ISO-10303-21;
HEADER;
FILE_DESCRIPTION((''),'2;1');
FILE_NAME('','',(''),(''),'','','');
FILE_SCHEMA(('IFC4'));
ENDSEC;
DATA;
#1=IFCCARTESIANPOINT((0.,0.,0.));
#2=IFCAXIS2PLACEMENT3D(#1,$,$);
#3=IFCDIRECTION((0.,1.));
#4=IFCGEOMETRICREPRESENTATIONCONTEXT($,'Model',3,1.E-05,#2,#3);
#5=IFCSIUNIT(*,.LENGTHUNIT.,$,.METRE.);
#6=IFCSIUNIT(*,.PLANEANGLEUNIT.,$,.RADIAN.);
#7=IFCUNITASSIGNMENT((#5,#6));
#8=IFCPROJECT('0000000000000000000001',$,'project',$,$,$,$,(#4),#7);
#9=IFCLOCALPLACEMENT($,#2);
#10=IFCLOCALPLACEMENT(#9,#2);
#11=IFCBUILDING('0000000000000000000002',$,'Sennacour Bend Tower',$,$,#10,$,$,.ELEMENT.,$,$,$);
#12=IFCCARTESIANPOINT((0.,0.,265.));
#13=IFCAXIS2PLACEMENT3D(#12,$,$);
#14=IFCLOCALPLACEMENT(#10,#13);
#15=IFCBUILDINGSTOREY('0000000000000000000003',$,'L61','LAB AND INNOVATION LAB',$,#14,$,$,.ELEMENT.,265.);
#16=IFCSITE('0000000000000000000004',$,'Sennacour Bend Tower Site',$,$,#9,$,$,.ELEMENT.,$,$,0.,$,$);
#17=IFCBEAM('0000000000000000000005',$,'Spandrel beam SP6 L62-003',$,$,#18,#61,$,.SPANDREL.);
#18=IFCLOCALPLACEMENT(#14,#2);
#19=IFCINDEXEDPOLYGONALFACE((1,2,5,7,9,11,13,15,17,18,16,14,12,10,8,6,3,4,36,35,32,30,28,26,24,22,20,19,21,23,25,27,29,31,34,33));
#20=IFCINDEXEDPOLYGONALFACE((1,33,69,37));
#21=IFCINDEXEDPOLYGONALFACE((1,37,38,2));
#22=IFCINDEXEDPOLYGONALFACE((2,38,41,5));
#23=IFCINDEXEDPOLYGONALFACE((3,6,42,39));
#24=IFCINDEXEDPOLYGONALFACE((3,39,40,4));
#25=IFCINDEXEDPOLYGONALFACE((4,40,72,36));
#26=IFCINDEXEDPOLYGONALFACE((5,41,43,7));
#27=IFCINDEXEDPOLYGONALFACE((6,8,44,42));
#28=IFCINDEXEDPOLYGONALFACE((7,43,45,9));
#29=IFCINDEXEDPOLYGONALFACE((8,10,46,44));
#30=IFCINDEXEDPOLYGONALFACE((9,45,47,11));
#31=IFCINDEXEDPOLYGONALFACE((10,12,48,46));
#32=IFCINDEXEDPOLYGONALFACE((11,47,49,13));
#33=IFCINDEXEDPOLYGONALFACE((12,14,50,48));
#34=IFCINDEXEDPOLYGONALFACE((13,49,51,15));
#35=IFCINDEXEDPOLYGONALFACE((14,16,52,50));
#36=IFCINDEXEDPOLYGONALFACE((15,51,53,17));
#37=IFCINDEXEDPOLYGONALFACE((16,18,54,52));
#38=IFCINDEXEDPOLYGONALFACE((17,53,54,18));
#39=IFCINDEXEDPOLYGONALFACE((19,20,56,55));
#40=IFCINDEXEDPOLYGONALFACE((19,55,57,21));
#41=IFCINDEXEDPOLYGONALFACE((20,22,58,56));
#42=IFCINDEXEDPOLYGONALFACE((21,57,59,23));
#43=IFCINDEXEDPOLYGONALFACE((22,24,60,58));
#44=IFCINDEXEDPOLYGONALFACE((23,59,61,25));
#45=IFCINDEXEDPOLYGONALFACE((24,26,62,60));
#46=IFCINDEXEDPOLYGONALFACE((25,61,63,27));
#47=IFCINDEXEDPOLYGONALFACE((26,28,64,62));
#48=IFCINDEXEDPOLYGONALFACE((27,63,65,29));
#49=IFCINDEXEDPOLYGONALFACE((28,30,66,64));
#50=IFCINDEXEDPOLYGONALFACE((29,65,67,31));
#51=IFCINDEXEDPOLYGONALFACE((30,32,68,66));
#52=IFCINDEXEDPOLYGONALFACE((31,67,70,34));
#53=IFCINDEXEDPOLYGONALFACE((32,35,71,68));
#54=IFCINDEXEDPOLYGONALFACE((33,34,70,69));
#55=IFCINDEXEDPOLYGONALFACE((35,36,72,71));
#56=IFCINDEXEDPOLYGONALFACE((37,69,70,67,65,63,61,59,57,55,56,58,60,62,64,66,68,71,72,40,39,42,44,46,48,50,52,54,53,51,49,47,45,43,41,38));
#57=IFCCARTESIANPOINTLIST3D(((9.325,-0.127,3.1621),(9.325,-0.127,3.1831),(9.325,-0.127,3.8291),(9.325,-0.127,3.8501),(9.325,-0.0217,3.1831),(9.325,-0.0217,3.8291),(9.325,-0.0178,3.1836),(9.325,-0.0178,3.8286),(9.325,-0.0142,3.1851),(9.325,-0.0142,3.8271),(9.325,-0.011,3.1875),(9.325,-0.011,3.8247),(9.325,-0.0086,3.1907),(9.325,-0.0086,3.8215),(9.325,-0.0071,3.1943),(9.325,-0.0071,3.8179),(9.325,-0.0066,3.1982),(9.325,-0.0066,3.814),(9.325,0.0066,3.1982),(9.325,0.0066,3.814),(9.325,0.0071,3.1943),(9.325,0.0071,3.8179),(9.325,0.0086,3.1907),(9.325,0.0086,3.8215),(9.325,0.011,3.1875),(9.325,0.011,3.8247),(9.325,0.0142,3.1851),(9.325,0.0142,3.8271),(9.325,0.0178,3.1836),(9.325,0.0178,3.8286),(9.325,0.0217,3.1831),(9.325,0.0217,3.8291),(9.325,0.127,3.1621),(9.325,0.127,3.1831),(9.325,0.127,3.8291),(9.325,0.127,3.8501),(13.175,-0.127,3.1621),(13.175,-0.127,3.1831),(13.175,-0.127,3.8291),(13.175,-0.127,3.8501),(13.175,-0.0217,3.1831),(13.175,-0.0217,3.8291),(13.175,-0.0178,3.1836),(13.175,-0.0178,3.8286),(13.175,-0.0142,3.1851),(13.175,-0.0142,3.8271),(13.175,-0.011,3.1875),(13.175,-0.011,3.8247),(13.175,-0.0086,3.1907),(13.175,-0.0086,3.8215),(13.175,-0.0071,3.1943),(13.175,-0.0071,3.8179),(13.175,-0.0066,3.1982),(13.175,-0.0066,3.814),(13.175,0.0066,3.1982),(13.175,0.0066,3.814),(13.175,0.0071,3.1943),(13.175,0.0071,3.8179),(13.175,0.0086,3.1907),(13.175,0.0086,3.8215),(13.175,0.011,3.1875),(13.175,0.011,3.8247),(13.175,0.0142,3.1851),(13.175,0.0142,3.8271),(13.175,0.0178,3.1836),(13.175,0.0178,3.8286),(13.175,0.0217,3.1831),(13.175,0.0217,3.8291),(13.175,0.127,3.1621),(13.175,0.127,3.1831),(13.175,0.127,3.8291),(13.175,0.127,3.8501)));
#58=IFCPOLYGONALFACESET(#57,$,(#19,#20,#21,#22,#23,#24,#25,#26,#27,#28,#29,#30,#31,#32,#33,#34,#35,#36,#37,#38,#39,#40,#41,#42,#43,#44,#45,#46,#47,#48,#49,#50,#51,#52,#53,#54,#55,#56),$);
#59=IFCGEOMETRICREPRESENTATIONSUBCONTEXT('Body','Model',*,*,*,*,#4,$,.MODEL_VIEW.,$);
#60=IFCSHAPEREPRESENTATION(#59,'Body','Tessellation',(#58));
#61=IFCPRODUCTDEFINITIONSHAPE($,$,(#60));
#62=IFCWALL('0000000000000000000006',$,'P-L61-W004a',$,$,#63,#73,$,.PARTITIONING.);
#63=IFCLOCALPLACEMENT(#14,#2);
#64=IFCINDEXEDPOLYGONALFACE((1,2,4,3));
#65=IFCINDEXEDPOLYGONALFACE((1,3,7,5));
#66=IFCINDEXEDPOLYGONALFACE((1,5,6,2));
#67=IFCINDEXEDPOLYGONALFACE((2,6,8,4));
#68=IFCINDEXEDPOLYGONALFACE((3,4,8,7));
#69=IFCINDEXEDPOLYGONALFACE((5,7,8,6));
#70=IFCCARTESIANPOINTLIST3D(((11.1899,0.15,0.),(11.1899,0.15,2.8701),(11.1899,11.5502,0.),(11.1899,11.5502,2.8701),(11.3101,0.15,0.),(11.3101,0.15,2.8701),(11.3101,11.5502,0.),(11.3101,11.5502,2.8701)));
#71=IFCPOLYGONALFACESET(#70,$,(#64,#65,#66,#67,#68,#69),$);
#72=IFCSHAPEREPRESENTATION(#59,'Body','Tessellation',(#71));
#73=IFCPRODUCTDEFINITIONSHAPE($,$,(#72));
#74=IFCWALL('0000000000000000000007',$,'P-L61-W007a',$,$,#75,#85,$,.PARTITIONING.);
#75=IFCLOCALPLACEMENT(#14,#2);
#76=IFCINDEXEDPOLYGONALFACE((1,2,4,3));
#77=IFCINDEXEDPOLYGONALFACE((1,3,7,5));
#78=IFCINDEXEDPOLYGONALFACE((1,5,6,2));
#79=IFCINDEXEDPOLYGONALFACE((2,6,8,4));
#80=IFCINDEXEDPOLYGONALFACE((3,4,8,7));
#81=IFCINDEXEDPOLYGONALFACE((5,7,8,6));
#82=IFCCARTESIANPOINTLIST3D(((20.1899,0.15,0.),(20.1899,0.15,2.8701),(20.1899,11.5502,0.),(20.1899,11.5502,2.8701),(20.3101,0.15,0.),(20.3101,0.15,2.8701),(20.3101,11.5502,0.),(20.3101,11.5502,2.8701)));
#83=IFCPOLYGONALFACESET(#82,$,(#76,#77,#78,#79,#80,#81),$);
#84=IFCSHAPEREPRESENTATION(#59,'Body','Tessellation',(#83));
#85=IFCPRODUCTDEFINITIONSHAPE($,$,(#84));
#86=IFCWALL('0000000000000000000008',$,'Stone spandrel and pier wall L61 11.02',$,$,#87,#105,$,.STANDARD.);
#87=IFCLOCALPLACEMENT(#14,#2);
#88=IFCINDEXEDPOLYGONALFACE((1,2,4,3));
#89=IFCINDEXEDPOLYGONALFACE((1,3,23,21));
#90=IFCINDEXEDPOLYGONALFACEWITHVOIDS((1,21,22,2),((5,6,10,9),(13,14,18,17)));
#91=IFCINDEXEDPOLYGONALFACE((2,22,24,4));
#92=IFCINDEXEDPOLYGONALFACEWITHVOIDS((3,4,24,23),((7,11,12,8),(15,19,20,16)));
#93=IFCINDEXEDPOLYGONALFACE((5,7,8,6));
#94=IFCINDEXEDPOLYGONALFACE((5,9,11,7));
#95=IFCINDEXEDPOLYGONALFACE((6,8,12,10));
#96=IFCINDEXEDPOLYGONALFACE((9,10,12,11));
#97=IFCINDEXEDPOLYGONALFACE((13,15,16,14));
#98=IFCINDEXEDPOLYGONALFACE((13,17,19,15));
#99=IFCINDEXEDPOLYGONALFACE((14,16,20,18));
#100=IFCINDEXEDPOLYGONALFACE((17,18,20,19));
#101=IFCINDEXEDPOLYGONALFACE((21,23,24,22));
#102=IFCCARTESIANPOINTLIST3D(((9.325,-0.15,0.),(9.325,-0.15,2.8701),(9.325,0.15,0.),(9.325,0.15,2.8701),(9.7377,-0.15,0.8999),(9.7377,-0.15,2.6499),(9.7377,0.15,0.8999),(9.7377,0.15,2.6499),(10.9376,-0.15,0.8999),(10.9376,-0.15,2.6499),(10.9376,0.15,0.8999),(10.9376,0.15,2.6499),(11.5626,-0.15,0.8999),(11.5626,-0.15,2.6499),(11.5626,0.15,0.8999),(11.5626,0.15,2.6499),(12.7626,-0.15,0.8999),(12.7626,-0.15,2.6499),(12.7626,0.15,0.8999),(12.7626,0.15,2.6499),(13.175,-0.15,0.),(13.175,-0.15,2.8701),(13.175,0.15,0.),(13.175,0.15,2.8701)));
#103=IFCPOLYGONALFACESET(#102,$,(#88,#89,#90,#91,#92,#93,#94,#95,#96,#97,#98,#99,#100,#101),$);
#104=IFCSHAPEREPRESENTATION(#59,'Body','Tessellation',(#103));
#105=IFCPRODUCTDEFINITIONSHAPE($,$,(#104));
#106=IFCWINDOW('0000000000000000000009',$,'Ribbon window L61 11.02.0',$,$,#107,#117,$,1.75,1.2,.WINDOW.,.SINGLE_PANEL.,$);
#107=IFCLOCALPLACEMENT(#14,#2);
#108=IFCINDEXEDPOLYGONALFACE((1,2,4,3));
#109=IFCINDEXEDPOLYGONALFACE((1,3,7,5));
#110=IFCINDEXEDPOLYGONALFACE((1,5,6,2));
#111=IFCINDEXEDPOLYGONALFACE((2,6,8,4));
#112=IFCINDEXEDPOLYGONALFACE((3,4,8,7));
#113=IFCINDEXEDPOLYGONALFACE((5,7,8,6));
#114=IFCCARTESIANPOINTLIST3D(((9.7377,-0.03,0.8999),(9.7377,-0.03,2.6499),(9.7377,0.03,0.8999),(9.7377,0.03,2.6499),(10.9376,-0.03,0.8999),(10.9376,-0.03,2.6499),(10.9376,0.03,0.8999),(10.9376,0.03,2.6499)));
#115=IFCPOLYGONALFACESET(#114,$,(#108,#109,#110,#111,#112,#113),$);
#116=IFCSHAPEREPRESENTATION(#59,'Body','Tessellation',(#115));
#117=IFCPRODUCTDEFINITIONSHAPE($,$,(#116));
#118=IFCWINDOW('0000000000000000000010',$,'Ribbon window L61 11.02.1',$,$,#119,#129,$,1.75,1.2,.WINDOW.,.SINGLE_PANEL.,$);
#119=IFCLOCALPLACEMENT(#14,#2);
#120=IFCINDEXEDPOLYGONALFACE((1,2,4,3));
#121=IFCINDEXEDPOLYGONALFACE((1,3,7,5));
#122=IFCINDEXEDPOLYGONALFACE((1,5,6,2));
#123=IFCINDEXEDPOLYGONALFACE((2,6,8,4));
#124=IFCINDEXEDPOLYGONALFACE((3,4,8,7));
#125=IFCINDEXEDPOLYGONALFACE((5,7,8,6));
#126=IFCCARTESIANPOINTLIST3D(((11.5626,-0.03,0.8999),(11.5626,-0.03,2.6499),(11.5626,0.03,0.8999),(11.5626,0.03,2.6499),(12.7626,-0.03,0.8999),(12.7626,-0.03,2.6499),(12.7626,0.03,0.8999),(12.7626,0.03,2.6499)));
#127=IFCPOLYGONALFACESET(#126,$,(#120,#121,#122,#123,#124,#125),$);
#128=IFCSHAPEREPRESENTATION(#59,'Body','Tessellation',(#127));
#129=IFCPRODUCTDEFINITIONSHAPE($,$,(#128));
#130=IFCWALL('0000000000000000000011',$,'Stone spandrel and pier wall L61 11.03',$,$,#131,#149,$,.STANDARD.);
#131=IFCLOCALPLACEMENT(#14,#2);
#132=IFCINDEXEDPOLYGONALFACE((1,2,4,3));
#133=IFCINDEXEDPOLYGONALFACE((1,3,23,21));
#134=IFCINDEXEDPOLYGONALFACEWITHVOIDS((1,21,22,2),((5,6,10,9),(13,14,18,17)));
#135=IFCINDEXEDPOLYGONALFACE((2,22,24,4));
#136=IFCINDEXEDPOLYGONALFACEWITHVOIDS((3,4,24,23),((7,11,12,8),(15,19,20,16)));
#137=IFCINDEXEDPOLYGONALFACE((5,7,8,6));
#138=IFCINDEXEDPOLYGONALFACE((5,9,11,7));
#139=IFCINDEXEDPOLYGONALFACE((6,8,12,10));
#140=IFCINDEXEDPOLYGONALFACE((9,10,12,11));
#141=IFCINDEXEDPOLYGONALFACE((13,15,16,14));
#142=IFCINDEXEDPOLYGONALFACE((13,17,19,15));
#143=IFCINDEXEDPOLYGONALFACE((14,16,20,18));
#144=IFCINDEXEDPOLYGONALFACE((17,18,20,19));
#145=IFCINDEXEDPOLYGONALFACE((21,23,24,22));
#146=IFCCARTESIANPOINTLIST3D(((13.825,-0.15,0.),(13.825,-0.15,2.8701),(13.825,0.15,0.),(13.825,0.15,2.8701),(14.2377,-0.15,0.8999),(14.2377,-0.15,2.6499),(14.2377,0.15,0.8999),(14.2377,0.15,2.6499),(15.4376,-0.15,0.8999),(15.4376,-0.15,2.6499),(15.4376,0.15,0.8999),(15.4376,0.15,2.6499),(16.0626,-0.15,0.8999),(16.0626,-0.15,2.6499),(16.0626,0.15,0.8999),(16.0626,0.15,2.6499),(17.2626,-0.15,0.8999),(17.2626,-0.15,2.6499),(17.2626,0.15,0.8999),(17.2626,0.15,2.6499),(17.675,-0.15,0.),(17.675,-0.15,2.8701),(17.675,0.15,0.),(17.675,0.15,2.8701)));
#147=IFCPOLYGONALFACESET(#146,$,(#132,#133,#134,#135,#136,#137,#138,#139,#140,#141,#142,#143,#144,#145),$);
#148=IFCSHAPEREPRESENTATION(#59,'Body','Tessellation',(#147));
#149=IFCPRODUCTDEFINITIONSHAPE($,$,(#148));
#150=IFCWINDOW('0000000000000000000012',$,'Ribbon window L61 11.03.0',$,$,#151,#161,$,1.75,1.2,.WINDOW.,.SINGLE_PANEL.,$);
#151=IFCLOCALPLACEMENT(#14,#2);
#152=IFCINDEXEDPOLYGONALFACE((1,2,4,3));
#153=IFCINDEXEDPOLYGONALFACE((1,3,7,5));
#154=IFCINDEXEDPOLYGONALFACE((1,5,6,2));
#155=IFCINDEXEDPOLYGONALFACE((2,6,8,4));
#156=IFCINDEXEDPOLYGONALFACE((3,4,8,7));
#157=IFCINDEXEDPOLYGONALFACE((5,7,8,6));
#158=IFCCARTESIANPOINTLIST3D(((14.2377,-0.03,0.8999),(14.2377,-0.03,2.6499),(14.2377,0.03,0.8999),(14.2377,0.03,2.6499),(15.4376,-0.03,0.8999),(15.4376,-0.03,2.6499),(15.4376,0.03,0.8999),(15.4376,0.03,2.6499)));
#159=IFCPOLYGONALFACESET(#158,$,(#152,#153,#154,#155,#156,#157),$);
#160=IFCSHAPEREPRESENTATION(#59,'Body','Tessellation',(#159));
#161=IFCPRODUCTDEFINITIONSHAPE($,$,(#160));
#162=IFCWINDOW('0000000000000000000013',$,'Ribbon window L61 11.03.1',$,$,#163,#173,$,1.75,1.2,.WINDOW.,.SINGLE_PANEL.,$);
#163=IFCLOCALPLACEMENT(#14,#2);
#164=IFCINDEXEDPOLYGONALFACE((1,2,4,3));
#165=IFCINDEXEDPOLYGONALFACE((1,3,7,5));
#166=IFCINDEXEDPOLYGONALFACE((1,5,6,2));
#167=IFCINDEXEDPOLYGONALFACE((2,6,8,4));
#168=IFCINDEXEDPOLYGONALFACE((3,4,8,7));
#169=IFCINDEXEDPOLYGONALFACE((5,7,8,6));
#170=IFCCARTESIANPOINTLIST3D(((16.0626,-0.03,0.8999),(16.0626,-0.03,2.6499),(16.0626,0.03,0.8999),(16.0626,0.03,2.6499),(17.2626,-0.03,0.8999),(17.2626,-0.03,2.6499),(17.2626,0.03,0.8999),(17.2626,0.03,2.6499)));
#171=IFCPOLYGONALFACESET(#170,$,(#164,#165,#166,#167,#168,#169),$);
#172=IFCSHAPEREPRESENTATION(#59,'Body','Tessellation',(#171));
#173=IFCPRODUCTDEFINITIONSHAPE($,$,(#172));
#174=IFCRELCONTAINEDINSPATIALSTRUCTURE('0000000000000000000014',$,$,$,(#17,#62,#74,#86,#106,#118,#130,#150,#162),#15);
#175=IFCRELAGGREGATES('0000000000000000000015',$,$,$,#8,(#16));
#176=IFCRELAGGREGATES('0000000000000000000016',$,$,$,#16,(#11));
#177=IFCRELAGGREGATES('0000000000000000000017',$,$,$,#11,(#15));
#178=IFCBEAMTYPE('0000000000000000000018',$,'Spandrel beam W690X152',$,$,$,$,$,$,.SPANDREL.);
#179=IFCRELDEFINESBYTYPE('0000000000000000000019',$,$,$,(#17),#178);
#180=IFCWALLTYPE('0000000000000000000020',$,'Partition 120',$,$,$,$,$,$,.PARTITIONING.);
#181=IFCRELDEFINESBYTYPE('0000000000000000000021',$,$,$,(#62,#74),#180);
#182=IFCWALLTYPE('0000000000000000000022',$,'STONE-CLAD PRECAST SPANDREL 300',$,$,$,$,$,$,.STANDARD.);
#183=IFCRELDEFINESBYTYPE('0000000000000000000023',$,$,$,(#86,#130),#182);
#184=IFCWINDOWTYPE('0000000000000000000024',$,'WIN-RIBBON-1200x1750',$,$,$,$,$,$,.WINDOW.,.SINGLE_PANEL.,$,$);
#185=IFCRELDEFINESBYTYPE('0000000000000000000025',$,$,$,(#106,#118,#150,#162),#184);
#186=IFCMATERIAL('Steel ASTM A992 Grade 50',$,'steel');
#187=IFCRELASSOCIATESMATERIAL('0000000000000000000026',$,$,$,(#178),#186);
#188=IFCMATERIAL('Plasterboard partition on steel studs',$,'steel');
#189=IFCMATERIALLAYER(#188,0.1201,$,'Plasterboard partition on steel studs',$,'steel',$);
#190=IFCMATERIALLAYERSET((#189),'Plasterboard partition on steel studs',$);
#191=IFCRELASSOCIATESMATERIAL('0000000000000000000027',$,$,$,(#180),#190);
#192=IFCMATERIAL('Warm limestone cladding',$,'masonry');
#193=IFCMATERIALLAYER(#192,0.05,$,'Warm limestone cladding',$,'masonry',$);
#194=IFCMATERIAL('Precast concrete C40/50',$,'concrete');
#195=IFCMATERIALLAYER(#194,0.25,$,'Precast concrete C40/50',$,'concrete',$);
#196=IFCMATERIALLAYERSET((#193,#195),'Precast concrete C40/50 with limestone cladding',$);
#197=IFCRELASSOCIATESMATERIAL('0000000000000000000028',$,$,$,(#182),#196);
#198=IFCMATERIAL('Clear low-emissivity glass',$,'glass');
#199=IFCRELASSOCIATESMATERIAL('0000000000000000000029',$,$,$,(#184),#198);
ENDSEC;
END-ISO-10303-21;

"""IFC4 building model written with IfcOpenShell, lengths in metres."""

from ifc_helpers import new_model, si_unit, direction, frame, frame_2d, origin, origin_2d, place, context, subcontext, project, spatial, rectangle, i_section, extrude, material, layer, layer_set, material_profile, profile_set, type_object, element, fill, save


model = new_model("IFC4")

# Units and contexts
model_context = context("Model", 3, precision=1e-05, world=origin(), true_north=direction((0.0, 1.0)))
body_context = subcontext(model_context, "Body", "Model", "MODEL_VIEW")
ifc_project = project(units=[si_unit("LENGTHUNIT", "METRE"), si_unit("PLANEANGLEUNIT", "RADIAN")], contexts=[model_context])

# Site, building, storey
site_placement = place(None, origin())
site = spatial("IfcSite", under=ifc_project, at=site_placement, Name="Sennacour Bend Tower Site", CompositionType="ELEMENT", RefElevation=0.0)
building_placement = place(site_placement, origin())
building = spatial("IfcBuilding", under=site, at=building_placement, Name="Sennacour Bend Tower", CompositionType="ELEMENT")
storey_placement = place(building_placement, frame((0.0, 0.0, 265.0)))
storey = spatial("IfcBuildingStorey", under=building, at=storey_placement, Name="L61", Description="LAB AND INNOVATION LAB", CompositionType="ELEMENT", Elevation=265.0)

# Beam
ifc_material_1 = material(Name="Steel ASTM A992 Grade 50", Category="steel")
ifc_material_profile_1 = material_profile(ifc_material_1, i_section(OverallWidth=0.2539, OverallDepth=0.688, WebThickness=0.0132, FlangeThickness=0.021, FilletRadius=0.0151, at=origin_2d()), Name="Steel ASTM A992 Grade 50", Category="steel")
ifc_profile_set_1 = profile_set([ifc_material_profile_1], Name="Steel ASTM A992 Grade 50")
beam_type_1 = type_object("IfcBeamType", Name="Spandrel beam W690X152", PredefinedType="SPANDREL", material=ifc_profile_set_1)
for number, where, z_axis, x_axis, name in (
    (1, (13.175, 0.0, 3.5061), (-1.0, 0.0, 0.0), (0.0, -1.0, 0.0), "Spandrel beam SP6 L62-003"),
):
    element("IfcBeam", number, at=place(storey_placement, frame(where, z_axis=z_axis, x_axis=x_axis)), inside=storey, type_object=beam_type_1, Name=name, PredefinedType="SPANDREL", context=body_context, shape_type="SweptSolid", body=[
        extrude(i_section(OverallWidth=0.2539, OverallDepth=0.688, WebThickness=0.0132, FlangeThickness=0.021, FilletRadius=0.0151, at=origin_2d()), origin(), (0.0, 0.0, 1.0), 3.8501),
    ])

# Walls
ifc_material_2 = material(Name="Plasterboard partition on steel studs", Category="steel")
ifc_layer_1 = layer(ifc_material_2, 0.1201, Name="Plasterboard partition on steel studs", Category="steel")
ifc_layer_set_1 = layer_set([ifc_layer_1], Name="Plasterboard partition on steel studs")
wall_type_1 = type_object("IfcWallType", Name="Partition 120", PredefinedType="PARTITIONING", material=ifc_layer_set_1)
for number, where, z_axis, x_axis, name in (
    (2, (11.25, 0.1499, 0.0), (0.0, 0.0, 1.0), (0.0, 1.0, 0.0), "P-L61-W004a"),
    (3, (20.25, 0.1499, 0.0), (0.0, 0.0, 1.0), (0.0, 1.0, 0.0), "P-L61-W007a"),
):
    element("IfcWall", number, at=place(storey_placement, frame(where, z_axis=z_axis, x_axis=x_axis)), inside=storey, type_object=wall_type_1, Name=name, PredefinedType="PARTITIONING", context=body_context, shape_type="SweptSolid", body=[
        extrude(rectangle(XDim=11.4001, YDim=0.1201, at=frame_2d((5.7002, 0.0))), origin(), (0.0, 0.0, 1.0), 2.8701),
    ])

# Walls, openings, windows
ifc_material_3 = material(Name="Warm limestone cladding", Category="masonry")
ifc_layer_2 = layer(ifc_material_3, 0.05, Name="Warm limestone cladding", Category="masonry")
ifc_material_4 = material(Name="Precast concrete C40/50", Category="concrete")
ifc_layer_3 = layer(ifc_material_4, 0.25, Name="Precast concrete C40/50", Category="concrete")
ifc_layer_set_2 = layer_set([ifc_layer_2, ifc_layer_3], Name="Precast concrete C40/50 with limestone cladding")
wall_type_2 = type_object("IfcWallType", Name="STONE-CLAD PRECAST SPANDREL 300", PredefinedType="STANDARD", material=ifc_layer_set_2)
wall_1_placement = place(storey_placement, frame((9.325, 0.0, 0.0), z_axis=(0.0, 0.0, 1.0), x_axis=(1.0, 0.0, 0.0)))
wall_1 = element("IfcWall", 4, at=wall_1_placement, inside=storey, type_object=wall_type_2, Name="Stone spandrel and pier wall L61 11.02", PredefinedType="STANDARD", context=body_context, shape_type="SweptSolid", body=[
    extrude(rectangle(XDim=3.8501, YDim=0.3, at=frame_2d((1.925, 0.0))), origin(), (0.0, 0.0, 1.0), 2.8701),
])
opening_1_placement = place(wall_1_placement, frame((0.4126, 0.0, 0.8999)))
opening_1 = element("IfcOpeningElement", 5, at=opening_1_placement, cuts=wall_1, PredefinedType="OPENING", context=body_context, shape_type="SweptSolid", body=[
    extrude(rectangle(XDim=1.2, YDim=1.75, at=frame_2d((0.6001, 0.875))), frame((0.0, 0.1602, 0.0), z_axis=(0.0, -1.0, 0.0), x_axis=(1.0, 0.0, 0.0)), (0.0, 0.0, 1.0), 0.3201),
])
opening_2_placement = place(wall_1_placement, frame((2.2375, 0.0, 0.8999)))
opening_2 = element("IfcOpeningElement", 6, at=opening_2_placement, cuts=wall_1, PredefinedType="OPENING", context=body_context, shape_type="SweptSolid", body=[
    extrude(rectangle(XDim=1.2, YDim=1.75, at=frame_2d((0.6001, 0.875))), frame((0.0, 0.1602, 0.0), z_axis=(0.0, -1.0, 0.0), x_axis=(1.0, 0.0, 0.0)), (0.0, 0.0, 1.0), 0.3201),
])
ifc_material_5 = material(Name="Clear low-emissivity glass", Category="glass")
window_type = type_object("IfcWindowType", Name="WIN-RIBBON-1200x1750", PartitioningType="SINGLE_PANEL", PredefinedType="WINDOW", material=ifc_material_5)
window_1_placement = place(opening_1_placement, origin())
window_1 = element("IfcWindow", 7, at=window_1_placement, inside=storey, type_object=window_type, Name="Ribbon window L61 11.02.0", OverallHeight=1.75, OverallWidth=1.2, PartitioningType="SINGLE_PANEL", PredefinedType="WINDOW", context=body_context, shape_type="SweptSolid", body=[
    extrude(rectangle(XDim=1.2, YDim=1.75, at=frame_2d((0.6001, 0.875))), frame((0.0, 0.03, 0.0), z_axis=(0.0, -1.0, 0.0), x_axis=(1.0, 0.0, 0.0)), (0.0, 0.0, 1.0), 0.0601),
])
fill(opening_1, window_1)
window_2_placement = place(opening_2_placement, origin())
window_2 = element("IfcWindow", 8, at=window_2_placement, inside=storey, type_object=window_type, Name="Ribbon window L61 11.02.1", OverallHeight=1.75, OverallWidth=1.2, PartitioningType="SINGLE_PANEL", PredefinedType="WINDOW", context=body_context, shape_type="SweptSolid", body=[
    extrude(rectangle(XDim=1.2, YDim=1.75, at=frame_2d((0.6001, 0.875))), frame((0.0, 0.03, 0.0), z_axis=(0.0, -1.0, 0.0), x_axis=(1.0, 0.0, 0.0)), (0.0, 0.0, 1.0), 0.0601),
])
fill(opening_2, window_2)
wall_2_placement = place(storey_placement, frame((13.825, 0.0, 0.0), z_axis=(0.0, 0.0, 1.0), x_axis=(1.0, 0.0, 0.0)))
wall_2 = element("IfcWall", 9, at=wall_2_placement, inside=storey, type_object=wall_type_2, Name="Stone spandrel and pier wall L61 11.03", PredefinedType="STANDARD", context=body_context, shape_type="SweptSolid", body=[
    extrude(rectangle(XDim=3.8501, YDim=0.3, at=frame_2d((1.925, 0.0))), origin(), (0.0, 0.0, 1.0), 2.8701),
])
opening_3_placement = place(wall_2_placement, frame((0.4126, 0.0, 0.8999)))
opening_3 = element("IfcOpeningElement", 10, at=opening_3_placement, cuts=wall_2, PredefinedType="OPENING", context=body_context, shape_type="SweptSolid", body=[
    extrude(rectangle(XDim=1.2, YDim=1.75, at=frame_2d((0.6001, 0.875))), frame((0.0, 0.1602, 0.0), z_axis=(0.0, -1.0, 0.0), x_axis=(1.0, 0.0, 0.0)), (0.0, 0.0, 1.0), 0.3201),
])
opening_4_placement = place(wall_2_placement, frame((2.2375, 0.0, 0.8999)))
opening_4 = element("IfcOpeningElement", 11, at=opening_4_placement, cuts=wall_2, PredefinedType="OPENING", context=body_context, shape_type="SweptSolid", body=[
    extrude(rectangle(XDim=1.2, YDim=1.75, at=frame_2d((0.6001, 0.875))), frame((0.0, 0.1602, 0.0), z_axis=(0.0, -1.0, 0.0), x_axis=(1.0, 0.0, 0.0)), (0.0, 0.0, 1.0), 0.3201),
])
window_3_placement = place(opening_3_placement, origin())
window_3 = element("IfcWindow", 12, at=window_3_placement, inside=storey, type_object=window_type, Name="Ribbon window L61 11.03.0", OverallHeight=1.75, OverallWidth=1.2, PartitioningType="SINGLE_PANEL", PredefinedType="WINDOW", context=body_context, shape_type="SweptSolid", body=[
    extrude(rectangle(XDim=1.2, YDim=1.75, at=frame_2d((0.6001, 0.875))), frame((0.0, 0.03, 0.0), z_axis=(0.0, -1.0, 0.0), x_axis=(1.0, 0.0, 0.0)), (0.0, 0.0, 1.0), 0.0601),
])
fill(opening_3, window_3)
window_4_placement = place(opening_4_placement, origin())
window_4 = element("IfcWindow", 13, at=window_4_placement, inside=storey, type_object=window_type, Name="Ribbon window L61 11.03.1", OverallHeight=1.75, OverallWidth=1.2, PartitioningType="SINGLE_PANEL", PredefinedType="WINDOW", context=body_context, shape_type="SweptSolid", body=[
    extrude(rectangle(XDim=1.2, YDim=1.75, at=frame_2d((0.6001, 0.875))), frame((0.0, 0.03, 0.0), z_axis=(0.0, -1.0, 0.0), x_axis=(1.0, 0.0, 0.0)), (0.0, 0.0, 1.0), 0.0601),
])
fill(opening_4, window_4)

save(model, "model.ifc")
